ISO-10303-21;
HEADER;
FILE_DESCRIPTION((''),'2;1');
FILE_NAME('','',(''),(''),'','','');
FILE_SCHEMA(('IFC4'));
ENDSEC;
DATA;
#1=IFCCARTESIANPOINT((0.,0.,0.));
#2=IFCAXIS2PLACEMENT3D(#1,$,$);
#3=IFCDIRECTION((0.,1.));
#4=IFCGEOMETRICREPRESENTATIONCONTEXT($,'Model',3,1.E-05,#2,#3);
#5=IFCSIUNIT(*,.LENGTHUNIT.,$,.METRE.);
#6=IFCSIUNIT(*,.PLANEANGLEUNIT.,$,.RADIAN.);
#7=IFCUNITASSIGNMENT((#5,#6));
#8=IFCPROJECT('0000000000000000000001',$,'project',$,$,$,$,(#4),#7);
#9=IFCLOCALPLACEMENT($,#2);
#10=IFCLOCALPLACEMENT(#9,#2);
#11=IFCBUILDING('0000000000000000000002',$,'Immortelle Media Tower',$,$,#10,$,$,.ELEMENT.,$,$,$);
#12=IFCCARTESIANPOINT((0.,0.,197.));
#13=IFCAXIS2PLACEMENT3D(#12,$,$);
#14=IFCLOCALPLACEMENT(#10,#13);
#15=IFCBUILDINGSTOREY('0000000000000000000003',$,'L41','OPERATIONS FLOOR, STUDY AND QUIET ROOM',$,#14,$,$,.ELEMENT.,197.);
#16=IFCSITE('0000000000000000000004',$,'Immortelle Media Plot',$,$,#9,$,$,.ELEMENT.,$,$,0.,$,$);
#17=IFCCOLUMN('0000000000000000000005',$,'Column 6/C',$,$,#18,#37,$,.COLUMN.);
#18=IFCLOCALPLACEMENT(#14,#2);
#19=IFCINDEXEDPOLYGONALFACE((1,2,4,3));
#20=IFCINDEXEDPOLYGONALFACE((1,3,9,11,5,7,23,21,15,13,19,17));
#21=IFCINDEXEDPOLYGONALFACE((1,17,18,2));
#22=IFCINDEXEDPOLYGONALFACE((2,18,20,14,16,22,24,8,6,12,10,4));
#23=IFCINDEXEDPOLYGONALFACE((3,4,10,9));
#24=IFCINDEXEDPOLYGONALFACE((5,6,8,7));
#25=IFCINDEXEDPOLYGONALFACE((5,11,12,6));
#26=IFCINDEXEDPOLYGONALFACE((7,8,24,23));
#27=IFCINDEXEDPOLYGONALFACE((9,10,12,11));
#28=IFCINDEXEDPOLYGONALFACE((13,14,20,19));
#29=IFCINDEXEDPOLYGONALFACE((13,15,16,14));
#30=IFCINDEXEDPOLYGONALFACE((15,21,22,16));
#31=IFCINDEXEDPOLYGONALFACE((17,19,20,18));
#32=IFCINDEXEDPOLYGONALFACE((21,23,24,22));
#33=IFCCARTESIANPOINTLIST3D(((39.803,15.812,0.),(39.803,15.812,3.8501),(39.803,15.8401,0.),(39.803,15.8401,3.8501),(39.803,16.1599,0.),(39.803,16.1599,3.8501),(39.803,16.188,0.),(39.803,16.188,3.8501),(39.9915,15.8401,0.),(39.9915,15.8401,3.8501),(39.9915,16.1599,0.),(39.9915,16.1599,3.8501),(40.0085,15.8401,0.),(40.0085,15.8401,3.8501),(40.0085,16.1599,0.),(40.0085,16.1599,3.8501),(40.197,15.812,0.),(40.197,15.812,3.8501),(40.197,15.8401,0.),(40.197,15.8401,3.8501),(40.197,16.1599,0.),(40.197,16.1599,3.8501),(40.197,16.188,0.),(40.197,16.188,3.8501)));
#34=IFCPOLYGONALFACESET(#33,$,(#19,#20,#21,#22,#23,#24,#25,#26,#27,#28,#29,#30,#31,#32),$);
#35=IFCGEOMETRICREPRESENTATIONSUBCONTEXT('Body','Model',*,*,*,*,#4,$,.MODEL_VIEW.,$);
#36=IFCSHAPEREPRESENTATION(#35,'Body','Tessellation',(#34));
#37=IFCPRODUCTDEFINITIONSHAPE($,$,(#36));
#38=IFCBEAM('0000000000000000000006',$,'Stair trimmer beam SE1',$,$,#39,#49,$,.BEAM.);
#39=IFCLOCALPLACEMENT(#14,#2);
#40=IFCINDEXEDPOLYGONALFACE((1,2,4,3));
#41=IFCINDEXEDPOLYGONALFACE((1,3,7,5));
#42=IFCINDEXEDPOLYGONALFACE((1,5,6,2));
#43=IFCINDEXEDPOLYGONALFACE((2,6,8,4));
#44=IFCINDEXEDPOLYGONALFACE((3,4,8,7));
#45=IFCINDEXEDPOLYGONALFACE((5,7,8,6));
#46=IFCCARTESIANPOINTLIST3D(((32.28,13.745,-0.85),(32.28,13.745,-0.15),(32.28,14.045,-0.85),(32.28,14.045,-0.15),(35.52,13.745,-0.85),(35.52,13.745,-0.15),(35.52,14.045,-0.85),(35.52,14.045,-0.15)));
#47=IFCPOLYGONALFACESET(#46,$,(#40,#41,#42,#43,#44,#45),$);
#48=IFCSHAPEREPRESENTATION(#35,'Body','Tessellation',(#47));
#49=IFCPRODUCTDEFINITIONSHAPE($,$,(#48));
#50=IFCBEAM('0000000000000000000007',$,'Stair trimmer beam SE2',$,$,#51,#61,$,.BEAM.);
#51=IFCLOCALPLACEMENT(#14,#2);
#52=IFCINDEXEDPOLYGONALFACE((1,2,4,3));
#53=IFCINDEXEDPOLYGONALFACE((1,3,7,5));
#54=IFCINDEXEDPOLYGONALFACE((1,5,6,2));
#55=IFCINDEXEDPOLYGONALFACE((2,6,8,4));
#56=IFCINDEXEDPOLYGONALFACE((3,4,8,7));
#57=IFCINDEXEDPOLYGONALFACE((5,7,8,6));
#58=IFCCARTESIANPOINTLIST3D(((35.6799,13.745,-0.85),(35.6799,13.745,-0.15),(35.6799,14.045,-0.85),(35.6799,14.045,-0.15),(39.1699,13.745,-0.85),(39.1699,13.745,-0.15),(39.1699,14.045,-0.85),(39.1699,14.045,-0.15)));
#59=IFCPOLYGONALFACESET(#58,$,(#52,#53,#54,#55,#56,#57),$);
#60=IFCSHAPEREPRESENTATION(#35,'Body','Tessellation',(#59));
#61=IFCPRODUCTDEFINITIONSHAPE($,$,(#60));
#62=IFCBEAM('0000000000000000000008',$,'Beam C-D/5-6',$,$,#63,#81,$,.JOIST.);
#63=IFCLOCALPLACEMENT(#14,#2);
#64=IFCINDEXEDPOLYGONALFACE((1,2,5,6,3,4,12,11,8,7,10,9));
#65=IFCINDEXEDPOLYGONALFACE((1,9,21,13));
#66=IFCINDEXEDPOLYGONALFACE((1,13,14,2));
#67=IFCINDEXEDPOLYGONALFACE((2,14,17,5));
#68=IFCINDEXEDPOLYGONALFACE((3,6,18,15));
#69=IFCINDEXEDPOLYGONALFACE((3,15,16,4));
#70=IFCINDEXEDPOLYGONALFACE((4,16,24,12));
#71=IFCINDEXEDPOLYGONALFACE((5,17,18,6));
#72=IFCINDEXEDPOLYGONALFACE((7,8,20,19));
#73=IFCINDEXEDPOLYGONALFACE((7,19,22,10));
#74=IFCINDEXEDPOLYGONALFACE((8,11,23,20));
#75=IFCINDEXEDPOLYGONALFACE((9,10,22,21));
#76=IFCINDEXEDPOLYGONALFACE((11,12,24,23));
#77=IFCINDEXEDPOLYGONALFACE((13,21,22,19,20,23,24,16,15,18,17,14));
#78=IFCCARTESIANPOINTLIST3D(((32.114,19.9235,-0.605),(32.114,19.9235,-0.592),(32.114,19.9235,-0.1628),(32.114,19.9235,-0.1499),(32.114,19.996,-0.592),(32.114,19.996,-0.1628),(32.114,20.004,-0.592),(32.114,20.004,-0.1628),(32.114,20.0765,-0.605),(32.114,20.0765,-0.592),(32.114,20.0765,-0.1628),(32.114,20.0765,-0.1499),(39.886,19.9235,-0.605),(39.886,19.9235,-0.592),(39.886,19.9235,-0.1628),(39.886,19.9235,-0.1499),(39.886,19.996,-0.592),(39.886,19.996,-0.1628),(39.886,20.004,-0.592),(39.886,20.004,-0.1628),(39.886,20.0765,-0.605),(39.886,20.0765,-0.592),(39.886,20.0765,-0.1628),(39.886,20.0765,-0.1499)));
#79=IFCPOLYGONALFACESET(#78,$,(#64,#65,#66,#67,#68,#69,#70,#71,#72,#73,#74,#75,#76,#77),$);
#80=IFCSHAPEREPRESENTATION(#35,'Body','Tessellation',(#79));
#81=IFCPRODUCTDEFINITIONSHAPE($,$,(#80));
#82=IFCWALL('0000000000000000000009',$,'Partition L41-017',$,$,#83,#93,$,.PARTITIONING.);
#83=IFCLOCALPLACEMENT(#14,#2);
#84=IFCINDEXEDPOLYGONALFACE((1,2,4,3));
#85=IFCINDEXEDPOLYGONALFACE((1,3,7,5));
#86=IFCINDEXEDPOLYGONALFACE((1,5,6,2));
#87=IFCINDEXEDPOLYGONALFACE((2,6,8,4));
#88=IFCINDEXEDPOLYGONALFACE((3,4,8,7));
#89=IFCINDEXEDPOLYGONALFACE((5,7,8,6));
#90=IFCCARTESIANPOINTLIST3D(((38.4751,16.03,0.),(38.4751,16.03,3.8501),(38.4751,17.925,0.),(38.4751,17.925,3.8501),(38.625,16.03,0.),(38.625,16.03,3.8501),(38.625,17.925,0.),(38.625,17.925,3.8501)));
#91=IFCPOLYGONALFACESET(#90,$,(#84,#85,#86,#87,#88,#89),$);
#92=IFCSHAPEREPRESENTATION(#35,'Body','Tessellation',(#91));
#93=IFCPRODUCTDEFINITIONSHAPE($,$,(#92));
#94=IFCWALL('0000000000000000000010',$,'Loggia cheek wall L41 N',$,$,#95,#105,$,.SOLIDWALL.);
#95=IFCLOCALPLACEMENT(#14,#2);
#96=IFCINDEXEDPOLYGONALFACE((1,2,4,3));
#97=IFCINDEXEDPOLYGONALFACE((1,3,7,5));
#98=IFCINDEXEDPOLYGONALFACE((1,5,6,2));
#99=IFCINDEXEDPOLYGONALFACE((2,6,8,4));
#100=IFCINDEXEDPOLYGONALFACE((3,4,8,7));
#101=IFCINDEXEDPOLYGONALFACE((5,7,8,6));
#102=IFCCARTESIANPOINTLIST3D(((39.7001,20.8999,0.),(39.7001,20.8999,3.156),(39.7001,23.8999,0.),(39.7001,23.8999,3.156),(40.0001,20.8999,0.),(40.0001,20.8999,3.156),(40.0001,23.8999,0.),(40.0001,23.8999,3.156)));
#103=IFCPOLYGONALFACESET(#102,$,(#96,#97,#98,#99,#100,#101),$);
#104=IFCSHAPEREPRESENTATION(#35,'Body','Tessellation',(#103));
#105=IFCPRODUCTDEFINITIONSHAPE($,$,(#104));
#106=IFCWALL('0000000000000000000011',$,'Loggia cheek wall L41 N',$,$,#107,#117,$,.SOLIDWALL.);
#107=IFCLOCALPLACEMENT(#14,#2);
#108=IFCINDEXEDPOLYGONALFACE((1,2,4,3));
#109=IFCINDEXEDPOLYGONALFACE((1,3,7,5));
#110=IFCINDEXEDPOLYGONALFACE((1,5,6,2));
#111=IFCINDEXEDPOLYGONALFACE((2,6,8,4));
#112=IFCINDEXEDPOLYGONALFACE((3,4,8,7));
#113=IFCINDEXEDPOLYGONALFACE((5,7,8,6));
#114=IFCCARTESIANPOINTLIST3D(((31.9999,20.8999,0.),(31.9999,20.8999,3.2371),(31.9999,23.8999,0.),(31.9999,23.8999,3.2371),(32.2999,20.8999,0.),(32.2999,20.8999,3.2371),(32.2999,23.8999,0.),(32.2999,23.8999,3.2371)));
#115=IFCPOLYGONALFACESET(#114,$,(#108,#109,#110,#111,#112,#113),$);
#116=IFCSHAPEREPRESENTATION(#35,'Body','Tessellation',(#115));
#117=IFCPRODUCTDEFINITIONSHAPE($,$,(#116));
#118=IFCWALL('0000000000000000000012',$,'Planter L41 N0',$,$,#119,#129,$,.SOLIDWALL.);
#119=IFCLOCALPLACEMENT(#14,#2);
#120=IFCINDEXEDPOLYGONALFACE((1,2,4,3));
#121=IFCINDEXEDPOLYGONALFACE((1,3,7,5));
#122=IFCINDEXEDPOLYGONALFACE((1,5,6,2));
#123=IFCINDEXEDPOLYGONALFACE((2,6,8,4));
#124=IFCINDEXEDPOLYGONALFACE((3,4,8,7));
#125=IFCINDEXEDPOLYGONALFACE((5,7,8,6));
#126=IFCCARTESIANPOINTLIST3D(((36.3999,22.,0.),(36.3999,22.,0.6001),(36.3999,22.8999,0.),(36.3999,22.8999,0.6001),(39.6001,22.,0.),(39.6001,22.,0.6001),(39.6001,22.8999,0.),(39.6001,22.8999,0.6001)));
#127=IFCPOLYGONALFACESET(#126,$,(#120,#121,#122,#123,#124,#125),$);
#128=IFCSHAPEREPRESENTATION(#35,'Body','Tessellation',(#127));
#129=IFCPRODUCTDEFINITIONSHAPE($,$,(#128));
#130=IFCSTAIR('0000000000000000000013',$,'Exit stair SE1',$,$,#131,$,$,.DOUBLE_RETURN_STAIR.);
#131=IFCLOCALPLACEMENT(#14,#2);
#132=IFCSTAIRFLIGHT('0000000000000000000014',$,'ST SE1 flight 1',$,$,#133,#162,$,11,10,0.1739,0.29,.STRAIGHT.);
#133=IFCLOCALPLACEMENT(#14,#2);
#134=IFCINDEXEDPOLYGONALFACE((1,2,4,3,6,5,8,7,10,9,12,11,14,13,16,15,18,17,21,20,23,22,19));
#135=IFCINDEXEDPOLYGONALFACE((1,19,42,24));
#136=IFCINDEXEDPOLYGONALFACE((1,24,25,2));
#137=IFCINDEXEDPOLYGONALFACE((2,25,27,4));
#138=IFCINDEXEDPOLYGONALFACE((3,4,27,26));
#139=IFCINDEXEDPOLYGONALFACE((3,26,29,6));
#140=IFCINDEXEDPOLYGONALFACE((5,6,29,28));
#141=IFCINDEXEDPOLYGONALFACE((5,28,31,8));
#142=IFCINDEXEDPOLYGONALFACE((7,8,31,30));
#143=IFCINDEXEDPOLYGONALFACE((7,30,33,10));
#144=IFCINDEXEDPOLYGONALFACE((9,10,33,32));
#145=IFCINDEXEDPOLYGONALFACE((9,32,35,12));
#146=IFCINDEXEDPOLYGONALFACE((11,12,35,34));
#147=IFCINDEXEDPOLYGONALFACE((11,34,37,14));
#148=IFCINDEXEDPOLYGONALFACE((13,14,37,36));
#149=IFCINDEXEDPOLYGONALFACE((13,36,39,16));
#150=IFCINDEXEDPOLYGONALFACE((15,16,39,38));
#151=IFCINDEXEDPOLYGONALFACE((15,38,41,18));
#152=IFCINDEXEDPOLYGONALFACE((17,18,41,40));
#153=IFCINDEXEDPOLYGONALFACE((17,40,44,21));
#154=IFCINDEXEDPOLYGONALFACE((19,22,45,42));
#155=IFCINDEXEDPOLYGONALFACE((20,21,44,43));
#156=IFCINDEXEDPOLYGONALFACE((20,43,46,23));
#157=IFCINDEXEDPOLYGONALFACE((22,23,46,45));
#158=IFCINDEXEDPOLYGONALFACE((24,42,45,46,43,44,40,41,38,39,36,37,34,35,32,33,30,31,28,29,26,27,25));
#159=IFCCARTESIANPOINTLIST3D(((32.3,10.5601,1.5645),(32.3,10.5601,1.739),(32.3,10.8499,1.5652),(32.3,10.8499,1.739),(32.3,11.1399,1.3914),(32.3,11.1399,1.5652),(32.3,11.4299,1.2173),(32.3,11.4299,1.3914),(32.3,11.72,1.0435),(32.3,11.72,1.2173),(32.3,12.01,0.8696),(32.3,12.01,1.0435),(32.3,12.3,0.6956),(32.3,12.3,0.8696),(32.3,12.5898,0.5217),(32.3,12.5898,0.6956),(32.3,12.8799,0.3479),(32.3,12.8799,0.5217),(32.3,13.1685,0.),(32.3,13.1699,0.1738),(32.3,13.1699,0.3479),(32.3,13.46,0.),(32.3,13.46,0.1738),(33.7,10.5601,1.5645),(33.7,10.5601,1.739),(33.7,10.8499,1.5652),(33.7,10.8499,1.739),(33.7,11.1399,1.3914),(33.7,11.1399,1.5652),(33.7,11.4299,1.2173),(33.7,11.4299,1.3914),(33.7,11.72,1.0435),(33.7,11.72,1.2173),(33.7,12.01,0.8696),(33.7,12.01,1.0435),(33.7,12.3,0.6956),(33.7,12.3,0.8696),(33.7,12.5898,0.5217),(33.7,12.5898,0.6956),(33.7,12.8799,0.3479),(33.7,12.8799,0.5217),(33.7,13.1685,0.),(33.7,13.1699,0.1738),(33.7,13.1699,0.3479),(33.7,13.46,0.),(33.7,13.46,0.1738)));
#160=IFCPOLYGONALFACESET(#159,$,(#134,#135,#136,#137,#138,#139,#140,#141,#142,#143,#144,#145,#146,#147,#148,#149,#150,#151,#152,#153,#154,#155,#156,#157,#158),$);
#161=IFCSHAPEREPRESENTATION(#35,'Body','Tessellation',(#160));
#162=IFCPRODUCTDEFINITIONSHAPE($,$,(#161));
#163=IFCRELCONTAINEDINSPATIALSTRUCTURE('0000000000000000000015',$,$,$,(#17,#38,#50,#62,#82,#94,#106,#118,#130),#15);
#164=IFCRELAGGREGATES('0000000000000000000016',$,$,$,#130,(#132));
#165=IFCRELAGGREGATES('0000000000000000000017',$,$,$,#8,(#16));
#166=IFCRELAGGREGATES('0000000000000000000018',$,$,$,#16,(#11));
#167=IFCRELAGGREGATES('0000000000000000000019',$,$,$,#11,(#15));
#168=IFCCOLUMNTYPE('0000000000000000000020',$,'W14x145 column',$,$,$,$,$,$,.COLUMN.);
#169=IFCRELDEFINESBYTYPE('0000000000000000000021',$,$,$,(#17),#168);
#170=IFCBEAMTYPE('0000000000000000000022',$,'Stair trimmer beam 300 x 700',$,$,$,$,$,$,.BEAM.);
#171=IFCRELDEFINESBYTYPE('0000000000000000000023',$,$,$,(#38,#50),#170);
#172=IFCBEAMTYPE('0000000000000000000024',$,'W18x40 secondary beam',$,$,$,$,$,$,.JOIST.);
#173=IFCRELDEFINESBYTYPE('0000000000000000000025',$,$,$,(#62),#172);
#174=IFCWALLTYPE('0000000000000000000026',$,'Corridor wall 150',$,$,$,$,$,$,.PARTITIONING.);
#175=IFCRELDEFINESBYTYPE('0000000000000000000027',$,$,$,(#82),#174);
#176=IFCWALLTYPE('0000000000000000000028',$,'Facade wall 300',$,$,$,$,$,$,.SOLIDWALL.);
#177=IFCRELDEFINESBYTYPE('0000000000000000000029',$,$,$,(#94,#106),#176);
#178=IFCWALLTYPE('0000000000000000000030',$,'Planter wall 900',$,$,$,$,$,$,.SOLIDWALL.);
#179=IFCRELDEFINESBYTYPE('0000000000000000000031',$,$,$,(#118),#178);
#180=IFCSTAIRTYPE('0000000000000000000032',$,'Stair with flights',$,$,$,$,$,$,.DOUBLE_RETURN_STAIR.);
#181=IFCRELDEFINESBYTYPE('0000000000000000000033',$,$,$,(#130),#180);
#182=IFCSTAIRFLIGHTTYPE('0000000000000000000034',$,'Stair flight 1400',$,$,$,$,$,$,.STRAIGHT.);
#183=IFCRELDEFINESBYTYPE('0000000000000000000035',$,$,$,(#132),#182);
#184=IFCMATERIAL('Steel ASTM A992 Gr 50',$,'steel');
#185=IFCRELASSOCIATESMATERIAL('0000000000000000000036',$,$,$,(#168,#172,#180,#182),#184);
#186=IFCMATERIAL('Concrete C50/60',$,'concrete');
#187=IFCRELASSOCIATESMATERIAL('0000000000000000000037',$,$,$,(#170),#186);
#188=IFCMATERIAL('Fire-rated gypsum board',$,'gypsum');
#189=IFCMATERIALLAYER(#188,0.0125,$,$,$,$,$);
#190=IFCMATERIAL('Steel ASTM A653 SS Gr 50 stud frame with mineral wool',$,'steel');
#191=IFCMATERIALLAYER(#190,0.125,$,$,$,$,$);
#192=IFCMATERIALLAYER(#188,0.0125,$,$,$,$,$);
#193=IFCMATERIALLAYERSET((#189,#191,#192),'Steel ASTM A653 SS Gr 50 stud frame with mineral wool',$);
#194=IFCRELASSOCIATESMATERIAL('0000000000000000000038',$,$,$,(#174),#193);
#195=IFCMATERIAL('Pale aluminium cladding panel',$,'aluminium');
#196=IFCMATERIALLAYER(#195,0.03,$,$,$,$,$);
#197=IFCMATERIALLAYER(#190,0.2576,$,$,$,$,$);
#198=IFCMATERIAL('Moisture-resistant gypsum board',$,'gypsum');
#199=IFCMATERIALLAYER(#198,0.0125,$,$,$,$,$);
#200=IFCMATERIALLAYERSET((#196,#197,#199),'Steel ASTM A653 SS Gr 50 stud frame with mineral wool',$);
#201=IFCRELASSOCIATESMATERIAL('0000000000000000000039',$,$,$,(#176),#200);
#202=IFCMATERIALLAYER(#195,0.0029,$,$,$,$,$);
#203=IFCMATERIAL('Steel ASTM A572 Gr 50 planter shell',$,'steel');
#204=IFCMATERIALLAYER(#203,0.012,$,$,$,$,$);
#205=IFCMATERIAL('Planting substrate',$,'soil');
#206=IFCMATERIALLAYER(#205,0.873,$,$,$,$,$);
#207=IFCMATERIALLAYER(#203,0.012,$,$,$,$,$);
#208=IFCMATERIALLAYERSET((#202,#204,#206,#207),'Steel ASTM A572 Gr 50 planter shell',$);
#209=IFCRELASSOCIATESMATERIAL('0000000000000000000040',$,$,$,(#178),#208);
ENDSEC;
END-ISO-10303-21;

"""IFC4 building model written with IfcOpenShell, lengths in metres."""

from ifc_helpers import new_model, si_unit, direction, frame, frame_2d, origin, origin_2d, place, context, subcontext, project, spatial, polyline, rectangle, i_section, outline, extrude, material, layer, layer_set, material_profile, profile_set, type_object, element, aggregate, save


model = new_model("IFC4")

# Units and contexts
model_context = context("Model", 3, precision=1e-05, world=origin(), true_north=direction((0.0, 1.0)))
body_context = subcontext(model_context, "Body", "Model", "MODEL_VIEW")
ifc_project = project(units=[si_unit("LENGTHUNIT", "METRE"), si_unit("PLANEANGLEUNIT", "RADIAN")], contexts=[model_context])

# Site, building, storey
site_placement = place(None, origin())
site = spatial("IfcSite", under=ifc_project, at=site_placement, Name="Immortelle Media Plot", CompositionType="ELEMENT", RefElevation=0.0)
building_placement = place(site_placement, origin())
building = spatial("IfcBuilding", under=site, at=building_placement, Name="Immortelle Media Tower", CompositionType="ELEMENT")
storey_placement = place(building_placement, frame((0.0, 0.0, 197.0)))
storey = spatial("IfcBuildingStorey", under=building, at=storey_placement, Name="L41", Description="OPERATIONS FLOOR, STUDY AND QUIET ROOM", CompositionType="ELEMENT", Elevation=197.0)

# Column
ifc_material_1 = material(Name="Steel ASTM A992 Gr 50", Category="steel")
ifc_material_profile_1 = material_profile(ifc_material_1, i_section(OverallWidth=0.394, OverallDepth=0.376, WebThickness=0.0171, FlangeThickness=0.0281, at=origin_2d()), Name="W14x145")
ifc_profile_set_1 = profile_set([ifc_material_profile_1], Name="Steel ASTM A992 Gr 50")
column_type = type_object("IfcColumnType", Name="W14x145 column", PredefinedType="COLUMN", material=ifc_profile_set_1)
column_placement = place(storey_placement, frame((40.0, 16.0, 0.0), z_axis=(0.0, 0.0, 1.0), x_axis=(1.0, 0.0, 0.0)))
element("IfcColumn", 1, at=column_placement, inside=storey, type_object=column_type, Name="Column 6/C", PredefinedType="COLUMN", context=body_context, shape_type="SweptSolid", body=[
    extrude(i_section(OverallWidth=0.394, OverallDepth=0.376, WebThickness=0.0171, FlangeThickness=0.0281, at=origin_2d()), origin(), (0.0, 0.0, 1.0), 3.8501),
])

# Beams
ifc_material_2 = material(Name="Concrete C50/60", Category="concrete")
ifc_material_profile_2 = material_profile(ifc_material_2, rectangle(XDim=0.3, YDim=0.7, at=origin_2d()), Name="RC 300x700")
ifc_profile_set_2 = profile_set([ifc_material_profile_2], Name="Concrete C50/60")
beam_type_1 = type_object("IfcBeamType", Name="Stair trimmer beam 300 x 700", PredefinedType="BEAM", material=ifc_profile_set_2)
beam_1_placement = place(storey_placement, frame((32.28, 13.895, -0.5), z_axis=(1.0, 0.0, 0.0), x_axis=(0.0, 1.0, 0.0)))
element("IfcBeam", 2, at=beam_1_placement, inside=storey, type_object=beam_type_1, Name="Stair trimmer beam SE1", PredefinedType="BEAM", context=body_context, shape_type="SweptSolid", body=[
    extrude(rectangle(XDim=0.3, YDim=0.7, at=origin_2d()), origin(), (0.0, 0.0, 1.0), 3.24),
])
beam_2_placement = place(storey_placement, frame((35.6799, 13.895, -0.5), z_axis=(1.0, 0.0, 0.0), x_axis=(0.0, 1.0, 0.0)))
element("IfcBeam", 3, at=beam_2_placement, inside=storey, type_object=beam_type_1, Name="Stair trimmer beam SE2", PredefinedType="BEAM", context=body_context, shape_type="SweptSolid", body=[
    extrude(rectangle(XDim=0.3, YDim=0.7, at=origin_2d()), origin(), (0.0, 0.0, 1.0), 3.49),
])
ifc_material_profile_3 = material_profile(ifc_material_1, i_section(OverallWidth=0.1531, OverallDepth=0.4551, WebThickness=0.0081, FlangeThickness=0.0129, at=origin_2d()), Name="W18x40")
ifc_profile_set_3 = profile_set([ifc_material_profile_3], Name="Steel ASTM A992 Gr 50")
beam_type_2 = type_object("IfcBeamType", Name="W18x40 secondary beam", PredefinedType="JOIST", material=ifc_profile_set_3)
beam_3_placement = place(storey_placement, frame((32.114, 20.0, -0.3774), z_axis=(1.0, 0.0, 0.0), x_axis=(0.0, 1.0, 0.0)))
element("IfcBeam", 4, at=beam_3_placement, inside=storey, type_object=beam_type_2, Name="Beam C-D/5-6", PredefinedType="JOIST", context=body_context, shape_type="SweptSolid", body=[
    extrude(i_section(OverallWidth=0.1531, OverallDepth=0.4551, WebThickness=0.0081, FlangeThickness=0.0129, at=origin_2d()), origin(), (0.0, 0.0, 1.0), 7.772),
])

# Wall
ifc_material_3 = material(Name="Fire-rated gypsum board", Category="gypsum")
ifc_layer_1 = layer(ifc_material_3, 0.0125)
ifc_material_4 = material(Name="Steel ASTM A653 SS Gr 50 stud frame with mineral wool", Category="steel")
ifc_layer_2 = layer(ifc_material_4, 0.125)
ifc_layer_3 = layer(ifc_material_3, 0.0125)
ifc_layer_set_1 = layer_set([ifc_layer_1, ifc_layer_2, ifc_layer_3], Name="Steel ASTM A653 SS Gr 50 stud frame with mineral wool")
wall_type_1 = type_object("IfcWallType", Name="Corridor wall 150", PredefinedType="PARTITIONING", material=ifc_layer_set_1)
wall_1_placement = place(storey_placement, frame((38.55, 16.03, 0.0), z_axis=(0.0, 0.0, 1.0), x_axis=(0.0, 1.0, 0.0)))
element("IfcWall", 5, at=wall_1_placement, inside=storey, type_object=wall_type_1, Name="Partition L41-017", PredefinedType="PARTITIONING", context=body_context, shape_type="SweptSolid", body=[
    extrude(rectangle(XDim=1.895, YDim=0.1499, at=frame_2d((0.9475, 0.0))), origin(), (0.0, 0.0, 1.0), 3.8501),
])

# Shared definitions
ifc_material_5 = material(Name="Pale aluminium cladding panel", Category="aluminium")
ifc_layer_4 = layer(ifc_material_5, 0.03)
ifc_layer_5 = layer(ifc_material_4, 0.2576)
ifc_material_6 = material(Name="Moisture-resistant gypsum board", Category="gypsum")
ifc_layer_6 = layer(ifc_material_6, 0.0125)
ifc_layer_set_2 = layer_set([ifc_layer_4, ifc_layer_5, ifc_layer_6], Name="Steel ASTM A653 SS Gr 50 stud frame with mineral wool")
wall_type_2 = type_object("IfcWallType", Name="Facade wall 300", PredefinedType="SOLIDWALL", material=ifc_layer_set_2)

# Walls
wall_2_placement = place(storey_placement, frame((39.8501, 23.8999, 0.0), z_axis=(0.0, 0.0, 1.0), x_axis=(0.0, -1.0, 0.0)))
element("IfcWall", 6, at=wall_2_placement, inside=storey, type_object=wall_type_2, Name="Loggia cheek wall L41 N", PredefinedType="SOLIDWALL", context=body_context, shape_type="SweptSolid", body=[
    extrude(rectangle(XDim=3.0, YDim=0.3, at=frame_2d((1.5, 0.0))), origin(), (0.0, 0.0, 1.0), 3.156),
])
wall_3_placement = place(storey_placement, frame((32.1499, 23.8999, 0.0), z_axis=(0.0, 0.0, 1.0), x_axis=(0.0, -1.0, 0.0)))
element("IfcWall", 7, at=wall_3_placement, inside=storey, type_object=wall_type_2, Name="Loggia cheek wall L41 N", PredefinedType="SOLIDWALL", context=body_context, shape_type="SweptSolid", body=[
    extrude(rectangle(XDim=3.0, YDim=0.3, at=frame_2d((1.5, 0.0))), origin(), (0.0, 0.0, 1.0), 3.2371),
])
ifc_layer_7 = layer(ifc_material_5, 0.0029)
ifc_material_7 = material(Name="Steel ASTM A572 Gr 50 planter shell", Category="steel")
ifc_layer_8 = layer(ifc_material_7, 0.012)
ifc_material_8 = material(Name="Planting substrate", Category="soil")
ifc_layer_9 = layer(ifc_material_8, 0.873)
ifc_layer_10 = layer(ifc_material_7, 0.012)
ifc_layer_set_3 = layer_set([ifc_layer_7, ifc_layer_8, ifc_layer_9, ifc_layer_10], Name="Steel ASTM A572 Gr 50 planter shell")
wall_type_3 = type_object("IfcWallType", Name="Planter wall 900", PredefinedType="SOLIDWALL", material=ifc_layer_set_3)
wall_4_placement = place(storey_placement, frame((39.6001, 22.45, 0.0), z_axis=(0.0, 0.0, 1.0), x_axis=(-1.0, 0.0, 0.0)))
element("IfcWall", 8, at=wall_4_placement, inside=storey, type_object=wall_type_3, Name="Planter L41 N0", PredefinedType="SOLIDWALL", context=body_context, shape_type="SweptSolid", body=[
    extrude(rectangle(XDim=3.2002, YDim=0.8999, at=frame_2d((1.6001, 0.0))), origin(), (0.0, 0.0, 1.0), 0.6001),
])

# Stair, stair flight
stair_type = type_object("IfcStairType", Name="Stair with flights", PredefinedType="DOUBLE_RETURN_STAIR", material=ifc_material_1)
stair_1_placement = place(storey_placement, origin())
stair_1 = element("IfcStair", 9, at=stair_1_placement, inside=storey, type_object=stair_type, Name="Exit stair SE1", PredefinedType="DOUBLE_RETURN_STAIR")
stair_flight_type = type_object("IfcStairFlightType", Name="Stair flight 1400", PredefinedType="STRAIGHT", material=ifc_material_1)
stair_flight_1_placement = place(storey_placement, frame((33.0, 13.46, 0.0), z_axis=(0.0, 0.0, 1.0), x_axis=(0.0, -1.0, 0.0)))
stair_flight_1 = element("IfcStairFlight", 10, at=stair_flight_1_placement, type_object=stair_flight_type, Name="ST SE1 flight 1", NumberOfRisers=11, NumberOfTreads=10, PredefinedType="STRAIGHT", RiserHeight=0.1739, TreadLength=0.29, context=body_context, shape_type="SweptSolid", body=[
    extrude(outline(polyline([(0.0, 0.0), (0.0, 0.1738), (0.29, 0.1738), (0.29, 0.3479), (0.5801, 0.3479), (0.5801, 0.5217), (0.8701, 0.5217), (0.8701, 0.6956), (1.1599, 0.6956), (1.1599, 0.8696), (1.45, 0.8696), (1.45, 1.0435), (1.74, 1.0435), (1.74, 1.2173), (2.03, 1.2173), (2.03, 1.3914), (2.3201, 1.3914), (2.3201, 1.5652), (2.6101, 1.5652), (2.6101, 1.739), (2.8999, 1.739), (2.8999, 1.9131), (2.8999, 1.5645), (0.2915, 0.0), (0.0, 0.0)])), frame((0.0, 0.7, 0.0), z_axis=(0.0, -1.0, 0.0), x_axis=(1.0, 0.0, 0.0)), (0.0, 0.0, 1.0), 1.3999),
])
aggregate(stair_1, [stair_flight_1])

save(model, "model.ifc")
